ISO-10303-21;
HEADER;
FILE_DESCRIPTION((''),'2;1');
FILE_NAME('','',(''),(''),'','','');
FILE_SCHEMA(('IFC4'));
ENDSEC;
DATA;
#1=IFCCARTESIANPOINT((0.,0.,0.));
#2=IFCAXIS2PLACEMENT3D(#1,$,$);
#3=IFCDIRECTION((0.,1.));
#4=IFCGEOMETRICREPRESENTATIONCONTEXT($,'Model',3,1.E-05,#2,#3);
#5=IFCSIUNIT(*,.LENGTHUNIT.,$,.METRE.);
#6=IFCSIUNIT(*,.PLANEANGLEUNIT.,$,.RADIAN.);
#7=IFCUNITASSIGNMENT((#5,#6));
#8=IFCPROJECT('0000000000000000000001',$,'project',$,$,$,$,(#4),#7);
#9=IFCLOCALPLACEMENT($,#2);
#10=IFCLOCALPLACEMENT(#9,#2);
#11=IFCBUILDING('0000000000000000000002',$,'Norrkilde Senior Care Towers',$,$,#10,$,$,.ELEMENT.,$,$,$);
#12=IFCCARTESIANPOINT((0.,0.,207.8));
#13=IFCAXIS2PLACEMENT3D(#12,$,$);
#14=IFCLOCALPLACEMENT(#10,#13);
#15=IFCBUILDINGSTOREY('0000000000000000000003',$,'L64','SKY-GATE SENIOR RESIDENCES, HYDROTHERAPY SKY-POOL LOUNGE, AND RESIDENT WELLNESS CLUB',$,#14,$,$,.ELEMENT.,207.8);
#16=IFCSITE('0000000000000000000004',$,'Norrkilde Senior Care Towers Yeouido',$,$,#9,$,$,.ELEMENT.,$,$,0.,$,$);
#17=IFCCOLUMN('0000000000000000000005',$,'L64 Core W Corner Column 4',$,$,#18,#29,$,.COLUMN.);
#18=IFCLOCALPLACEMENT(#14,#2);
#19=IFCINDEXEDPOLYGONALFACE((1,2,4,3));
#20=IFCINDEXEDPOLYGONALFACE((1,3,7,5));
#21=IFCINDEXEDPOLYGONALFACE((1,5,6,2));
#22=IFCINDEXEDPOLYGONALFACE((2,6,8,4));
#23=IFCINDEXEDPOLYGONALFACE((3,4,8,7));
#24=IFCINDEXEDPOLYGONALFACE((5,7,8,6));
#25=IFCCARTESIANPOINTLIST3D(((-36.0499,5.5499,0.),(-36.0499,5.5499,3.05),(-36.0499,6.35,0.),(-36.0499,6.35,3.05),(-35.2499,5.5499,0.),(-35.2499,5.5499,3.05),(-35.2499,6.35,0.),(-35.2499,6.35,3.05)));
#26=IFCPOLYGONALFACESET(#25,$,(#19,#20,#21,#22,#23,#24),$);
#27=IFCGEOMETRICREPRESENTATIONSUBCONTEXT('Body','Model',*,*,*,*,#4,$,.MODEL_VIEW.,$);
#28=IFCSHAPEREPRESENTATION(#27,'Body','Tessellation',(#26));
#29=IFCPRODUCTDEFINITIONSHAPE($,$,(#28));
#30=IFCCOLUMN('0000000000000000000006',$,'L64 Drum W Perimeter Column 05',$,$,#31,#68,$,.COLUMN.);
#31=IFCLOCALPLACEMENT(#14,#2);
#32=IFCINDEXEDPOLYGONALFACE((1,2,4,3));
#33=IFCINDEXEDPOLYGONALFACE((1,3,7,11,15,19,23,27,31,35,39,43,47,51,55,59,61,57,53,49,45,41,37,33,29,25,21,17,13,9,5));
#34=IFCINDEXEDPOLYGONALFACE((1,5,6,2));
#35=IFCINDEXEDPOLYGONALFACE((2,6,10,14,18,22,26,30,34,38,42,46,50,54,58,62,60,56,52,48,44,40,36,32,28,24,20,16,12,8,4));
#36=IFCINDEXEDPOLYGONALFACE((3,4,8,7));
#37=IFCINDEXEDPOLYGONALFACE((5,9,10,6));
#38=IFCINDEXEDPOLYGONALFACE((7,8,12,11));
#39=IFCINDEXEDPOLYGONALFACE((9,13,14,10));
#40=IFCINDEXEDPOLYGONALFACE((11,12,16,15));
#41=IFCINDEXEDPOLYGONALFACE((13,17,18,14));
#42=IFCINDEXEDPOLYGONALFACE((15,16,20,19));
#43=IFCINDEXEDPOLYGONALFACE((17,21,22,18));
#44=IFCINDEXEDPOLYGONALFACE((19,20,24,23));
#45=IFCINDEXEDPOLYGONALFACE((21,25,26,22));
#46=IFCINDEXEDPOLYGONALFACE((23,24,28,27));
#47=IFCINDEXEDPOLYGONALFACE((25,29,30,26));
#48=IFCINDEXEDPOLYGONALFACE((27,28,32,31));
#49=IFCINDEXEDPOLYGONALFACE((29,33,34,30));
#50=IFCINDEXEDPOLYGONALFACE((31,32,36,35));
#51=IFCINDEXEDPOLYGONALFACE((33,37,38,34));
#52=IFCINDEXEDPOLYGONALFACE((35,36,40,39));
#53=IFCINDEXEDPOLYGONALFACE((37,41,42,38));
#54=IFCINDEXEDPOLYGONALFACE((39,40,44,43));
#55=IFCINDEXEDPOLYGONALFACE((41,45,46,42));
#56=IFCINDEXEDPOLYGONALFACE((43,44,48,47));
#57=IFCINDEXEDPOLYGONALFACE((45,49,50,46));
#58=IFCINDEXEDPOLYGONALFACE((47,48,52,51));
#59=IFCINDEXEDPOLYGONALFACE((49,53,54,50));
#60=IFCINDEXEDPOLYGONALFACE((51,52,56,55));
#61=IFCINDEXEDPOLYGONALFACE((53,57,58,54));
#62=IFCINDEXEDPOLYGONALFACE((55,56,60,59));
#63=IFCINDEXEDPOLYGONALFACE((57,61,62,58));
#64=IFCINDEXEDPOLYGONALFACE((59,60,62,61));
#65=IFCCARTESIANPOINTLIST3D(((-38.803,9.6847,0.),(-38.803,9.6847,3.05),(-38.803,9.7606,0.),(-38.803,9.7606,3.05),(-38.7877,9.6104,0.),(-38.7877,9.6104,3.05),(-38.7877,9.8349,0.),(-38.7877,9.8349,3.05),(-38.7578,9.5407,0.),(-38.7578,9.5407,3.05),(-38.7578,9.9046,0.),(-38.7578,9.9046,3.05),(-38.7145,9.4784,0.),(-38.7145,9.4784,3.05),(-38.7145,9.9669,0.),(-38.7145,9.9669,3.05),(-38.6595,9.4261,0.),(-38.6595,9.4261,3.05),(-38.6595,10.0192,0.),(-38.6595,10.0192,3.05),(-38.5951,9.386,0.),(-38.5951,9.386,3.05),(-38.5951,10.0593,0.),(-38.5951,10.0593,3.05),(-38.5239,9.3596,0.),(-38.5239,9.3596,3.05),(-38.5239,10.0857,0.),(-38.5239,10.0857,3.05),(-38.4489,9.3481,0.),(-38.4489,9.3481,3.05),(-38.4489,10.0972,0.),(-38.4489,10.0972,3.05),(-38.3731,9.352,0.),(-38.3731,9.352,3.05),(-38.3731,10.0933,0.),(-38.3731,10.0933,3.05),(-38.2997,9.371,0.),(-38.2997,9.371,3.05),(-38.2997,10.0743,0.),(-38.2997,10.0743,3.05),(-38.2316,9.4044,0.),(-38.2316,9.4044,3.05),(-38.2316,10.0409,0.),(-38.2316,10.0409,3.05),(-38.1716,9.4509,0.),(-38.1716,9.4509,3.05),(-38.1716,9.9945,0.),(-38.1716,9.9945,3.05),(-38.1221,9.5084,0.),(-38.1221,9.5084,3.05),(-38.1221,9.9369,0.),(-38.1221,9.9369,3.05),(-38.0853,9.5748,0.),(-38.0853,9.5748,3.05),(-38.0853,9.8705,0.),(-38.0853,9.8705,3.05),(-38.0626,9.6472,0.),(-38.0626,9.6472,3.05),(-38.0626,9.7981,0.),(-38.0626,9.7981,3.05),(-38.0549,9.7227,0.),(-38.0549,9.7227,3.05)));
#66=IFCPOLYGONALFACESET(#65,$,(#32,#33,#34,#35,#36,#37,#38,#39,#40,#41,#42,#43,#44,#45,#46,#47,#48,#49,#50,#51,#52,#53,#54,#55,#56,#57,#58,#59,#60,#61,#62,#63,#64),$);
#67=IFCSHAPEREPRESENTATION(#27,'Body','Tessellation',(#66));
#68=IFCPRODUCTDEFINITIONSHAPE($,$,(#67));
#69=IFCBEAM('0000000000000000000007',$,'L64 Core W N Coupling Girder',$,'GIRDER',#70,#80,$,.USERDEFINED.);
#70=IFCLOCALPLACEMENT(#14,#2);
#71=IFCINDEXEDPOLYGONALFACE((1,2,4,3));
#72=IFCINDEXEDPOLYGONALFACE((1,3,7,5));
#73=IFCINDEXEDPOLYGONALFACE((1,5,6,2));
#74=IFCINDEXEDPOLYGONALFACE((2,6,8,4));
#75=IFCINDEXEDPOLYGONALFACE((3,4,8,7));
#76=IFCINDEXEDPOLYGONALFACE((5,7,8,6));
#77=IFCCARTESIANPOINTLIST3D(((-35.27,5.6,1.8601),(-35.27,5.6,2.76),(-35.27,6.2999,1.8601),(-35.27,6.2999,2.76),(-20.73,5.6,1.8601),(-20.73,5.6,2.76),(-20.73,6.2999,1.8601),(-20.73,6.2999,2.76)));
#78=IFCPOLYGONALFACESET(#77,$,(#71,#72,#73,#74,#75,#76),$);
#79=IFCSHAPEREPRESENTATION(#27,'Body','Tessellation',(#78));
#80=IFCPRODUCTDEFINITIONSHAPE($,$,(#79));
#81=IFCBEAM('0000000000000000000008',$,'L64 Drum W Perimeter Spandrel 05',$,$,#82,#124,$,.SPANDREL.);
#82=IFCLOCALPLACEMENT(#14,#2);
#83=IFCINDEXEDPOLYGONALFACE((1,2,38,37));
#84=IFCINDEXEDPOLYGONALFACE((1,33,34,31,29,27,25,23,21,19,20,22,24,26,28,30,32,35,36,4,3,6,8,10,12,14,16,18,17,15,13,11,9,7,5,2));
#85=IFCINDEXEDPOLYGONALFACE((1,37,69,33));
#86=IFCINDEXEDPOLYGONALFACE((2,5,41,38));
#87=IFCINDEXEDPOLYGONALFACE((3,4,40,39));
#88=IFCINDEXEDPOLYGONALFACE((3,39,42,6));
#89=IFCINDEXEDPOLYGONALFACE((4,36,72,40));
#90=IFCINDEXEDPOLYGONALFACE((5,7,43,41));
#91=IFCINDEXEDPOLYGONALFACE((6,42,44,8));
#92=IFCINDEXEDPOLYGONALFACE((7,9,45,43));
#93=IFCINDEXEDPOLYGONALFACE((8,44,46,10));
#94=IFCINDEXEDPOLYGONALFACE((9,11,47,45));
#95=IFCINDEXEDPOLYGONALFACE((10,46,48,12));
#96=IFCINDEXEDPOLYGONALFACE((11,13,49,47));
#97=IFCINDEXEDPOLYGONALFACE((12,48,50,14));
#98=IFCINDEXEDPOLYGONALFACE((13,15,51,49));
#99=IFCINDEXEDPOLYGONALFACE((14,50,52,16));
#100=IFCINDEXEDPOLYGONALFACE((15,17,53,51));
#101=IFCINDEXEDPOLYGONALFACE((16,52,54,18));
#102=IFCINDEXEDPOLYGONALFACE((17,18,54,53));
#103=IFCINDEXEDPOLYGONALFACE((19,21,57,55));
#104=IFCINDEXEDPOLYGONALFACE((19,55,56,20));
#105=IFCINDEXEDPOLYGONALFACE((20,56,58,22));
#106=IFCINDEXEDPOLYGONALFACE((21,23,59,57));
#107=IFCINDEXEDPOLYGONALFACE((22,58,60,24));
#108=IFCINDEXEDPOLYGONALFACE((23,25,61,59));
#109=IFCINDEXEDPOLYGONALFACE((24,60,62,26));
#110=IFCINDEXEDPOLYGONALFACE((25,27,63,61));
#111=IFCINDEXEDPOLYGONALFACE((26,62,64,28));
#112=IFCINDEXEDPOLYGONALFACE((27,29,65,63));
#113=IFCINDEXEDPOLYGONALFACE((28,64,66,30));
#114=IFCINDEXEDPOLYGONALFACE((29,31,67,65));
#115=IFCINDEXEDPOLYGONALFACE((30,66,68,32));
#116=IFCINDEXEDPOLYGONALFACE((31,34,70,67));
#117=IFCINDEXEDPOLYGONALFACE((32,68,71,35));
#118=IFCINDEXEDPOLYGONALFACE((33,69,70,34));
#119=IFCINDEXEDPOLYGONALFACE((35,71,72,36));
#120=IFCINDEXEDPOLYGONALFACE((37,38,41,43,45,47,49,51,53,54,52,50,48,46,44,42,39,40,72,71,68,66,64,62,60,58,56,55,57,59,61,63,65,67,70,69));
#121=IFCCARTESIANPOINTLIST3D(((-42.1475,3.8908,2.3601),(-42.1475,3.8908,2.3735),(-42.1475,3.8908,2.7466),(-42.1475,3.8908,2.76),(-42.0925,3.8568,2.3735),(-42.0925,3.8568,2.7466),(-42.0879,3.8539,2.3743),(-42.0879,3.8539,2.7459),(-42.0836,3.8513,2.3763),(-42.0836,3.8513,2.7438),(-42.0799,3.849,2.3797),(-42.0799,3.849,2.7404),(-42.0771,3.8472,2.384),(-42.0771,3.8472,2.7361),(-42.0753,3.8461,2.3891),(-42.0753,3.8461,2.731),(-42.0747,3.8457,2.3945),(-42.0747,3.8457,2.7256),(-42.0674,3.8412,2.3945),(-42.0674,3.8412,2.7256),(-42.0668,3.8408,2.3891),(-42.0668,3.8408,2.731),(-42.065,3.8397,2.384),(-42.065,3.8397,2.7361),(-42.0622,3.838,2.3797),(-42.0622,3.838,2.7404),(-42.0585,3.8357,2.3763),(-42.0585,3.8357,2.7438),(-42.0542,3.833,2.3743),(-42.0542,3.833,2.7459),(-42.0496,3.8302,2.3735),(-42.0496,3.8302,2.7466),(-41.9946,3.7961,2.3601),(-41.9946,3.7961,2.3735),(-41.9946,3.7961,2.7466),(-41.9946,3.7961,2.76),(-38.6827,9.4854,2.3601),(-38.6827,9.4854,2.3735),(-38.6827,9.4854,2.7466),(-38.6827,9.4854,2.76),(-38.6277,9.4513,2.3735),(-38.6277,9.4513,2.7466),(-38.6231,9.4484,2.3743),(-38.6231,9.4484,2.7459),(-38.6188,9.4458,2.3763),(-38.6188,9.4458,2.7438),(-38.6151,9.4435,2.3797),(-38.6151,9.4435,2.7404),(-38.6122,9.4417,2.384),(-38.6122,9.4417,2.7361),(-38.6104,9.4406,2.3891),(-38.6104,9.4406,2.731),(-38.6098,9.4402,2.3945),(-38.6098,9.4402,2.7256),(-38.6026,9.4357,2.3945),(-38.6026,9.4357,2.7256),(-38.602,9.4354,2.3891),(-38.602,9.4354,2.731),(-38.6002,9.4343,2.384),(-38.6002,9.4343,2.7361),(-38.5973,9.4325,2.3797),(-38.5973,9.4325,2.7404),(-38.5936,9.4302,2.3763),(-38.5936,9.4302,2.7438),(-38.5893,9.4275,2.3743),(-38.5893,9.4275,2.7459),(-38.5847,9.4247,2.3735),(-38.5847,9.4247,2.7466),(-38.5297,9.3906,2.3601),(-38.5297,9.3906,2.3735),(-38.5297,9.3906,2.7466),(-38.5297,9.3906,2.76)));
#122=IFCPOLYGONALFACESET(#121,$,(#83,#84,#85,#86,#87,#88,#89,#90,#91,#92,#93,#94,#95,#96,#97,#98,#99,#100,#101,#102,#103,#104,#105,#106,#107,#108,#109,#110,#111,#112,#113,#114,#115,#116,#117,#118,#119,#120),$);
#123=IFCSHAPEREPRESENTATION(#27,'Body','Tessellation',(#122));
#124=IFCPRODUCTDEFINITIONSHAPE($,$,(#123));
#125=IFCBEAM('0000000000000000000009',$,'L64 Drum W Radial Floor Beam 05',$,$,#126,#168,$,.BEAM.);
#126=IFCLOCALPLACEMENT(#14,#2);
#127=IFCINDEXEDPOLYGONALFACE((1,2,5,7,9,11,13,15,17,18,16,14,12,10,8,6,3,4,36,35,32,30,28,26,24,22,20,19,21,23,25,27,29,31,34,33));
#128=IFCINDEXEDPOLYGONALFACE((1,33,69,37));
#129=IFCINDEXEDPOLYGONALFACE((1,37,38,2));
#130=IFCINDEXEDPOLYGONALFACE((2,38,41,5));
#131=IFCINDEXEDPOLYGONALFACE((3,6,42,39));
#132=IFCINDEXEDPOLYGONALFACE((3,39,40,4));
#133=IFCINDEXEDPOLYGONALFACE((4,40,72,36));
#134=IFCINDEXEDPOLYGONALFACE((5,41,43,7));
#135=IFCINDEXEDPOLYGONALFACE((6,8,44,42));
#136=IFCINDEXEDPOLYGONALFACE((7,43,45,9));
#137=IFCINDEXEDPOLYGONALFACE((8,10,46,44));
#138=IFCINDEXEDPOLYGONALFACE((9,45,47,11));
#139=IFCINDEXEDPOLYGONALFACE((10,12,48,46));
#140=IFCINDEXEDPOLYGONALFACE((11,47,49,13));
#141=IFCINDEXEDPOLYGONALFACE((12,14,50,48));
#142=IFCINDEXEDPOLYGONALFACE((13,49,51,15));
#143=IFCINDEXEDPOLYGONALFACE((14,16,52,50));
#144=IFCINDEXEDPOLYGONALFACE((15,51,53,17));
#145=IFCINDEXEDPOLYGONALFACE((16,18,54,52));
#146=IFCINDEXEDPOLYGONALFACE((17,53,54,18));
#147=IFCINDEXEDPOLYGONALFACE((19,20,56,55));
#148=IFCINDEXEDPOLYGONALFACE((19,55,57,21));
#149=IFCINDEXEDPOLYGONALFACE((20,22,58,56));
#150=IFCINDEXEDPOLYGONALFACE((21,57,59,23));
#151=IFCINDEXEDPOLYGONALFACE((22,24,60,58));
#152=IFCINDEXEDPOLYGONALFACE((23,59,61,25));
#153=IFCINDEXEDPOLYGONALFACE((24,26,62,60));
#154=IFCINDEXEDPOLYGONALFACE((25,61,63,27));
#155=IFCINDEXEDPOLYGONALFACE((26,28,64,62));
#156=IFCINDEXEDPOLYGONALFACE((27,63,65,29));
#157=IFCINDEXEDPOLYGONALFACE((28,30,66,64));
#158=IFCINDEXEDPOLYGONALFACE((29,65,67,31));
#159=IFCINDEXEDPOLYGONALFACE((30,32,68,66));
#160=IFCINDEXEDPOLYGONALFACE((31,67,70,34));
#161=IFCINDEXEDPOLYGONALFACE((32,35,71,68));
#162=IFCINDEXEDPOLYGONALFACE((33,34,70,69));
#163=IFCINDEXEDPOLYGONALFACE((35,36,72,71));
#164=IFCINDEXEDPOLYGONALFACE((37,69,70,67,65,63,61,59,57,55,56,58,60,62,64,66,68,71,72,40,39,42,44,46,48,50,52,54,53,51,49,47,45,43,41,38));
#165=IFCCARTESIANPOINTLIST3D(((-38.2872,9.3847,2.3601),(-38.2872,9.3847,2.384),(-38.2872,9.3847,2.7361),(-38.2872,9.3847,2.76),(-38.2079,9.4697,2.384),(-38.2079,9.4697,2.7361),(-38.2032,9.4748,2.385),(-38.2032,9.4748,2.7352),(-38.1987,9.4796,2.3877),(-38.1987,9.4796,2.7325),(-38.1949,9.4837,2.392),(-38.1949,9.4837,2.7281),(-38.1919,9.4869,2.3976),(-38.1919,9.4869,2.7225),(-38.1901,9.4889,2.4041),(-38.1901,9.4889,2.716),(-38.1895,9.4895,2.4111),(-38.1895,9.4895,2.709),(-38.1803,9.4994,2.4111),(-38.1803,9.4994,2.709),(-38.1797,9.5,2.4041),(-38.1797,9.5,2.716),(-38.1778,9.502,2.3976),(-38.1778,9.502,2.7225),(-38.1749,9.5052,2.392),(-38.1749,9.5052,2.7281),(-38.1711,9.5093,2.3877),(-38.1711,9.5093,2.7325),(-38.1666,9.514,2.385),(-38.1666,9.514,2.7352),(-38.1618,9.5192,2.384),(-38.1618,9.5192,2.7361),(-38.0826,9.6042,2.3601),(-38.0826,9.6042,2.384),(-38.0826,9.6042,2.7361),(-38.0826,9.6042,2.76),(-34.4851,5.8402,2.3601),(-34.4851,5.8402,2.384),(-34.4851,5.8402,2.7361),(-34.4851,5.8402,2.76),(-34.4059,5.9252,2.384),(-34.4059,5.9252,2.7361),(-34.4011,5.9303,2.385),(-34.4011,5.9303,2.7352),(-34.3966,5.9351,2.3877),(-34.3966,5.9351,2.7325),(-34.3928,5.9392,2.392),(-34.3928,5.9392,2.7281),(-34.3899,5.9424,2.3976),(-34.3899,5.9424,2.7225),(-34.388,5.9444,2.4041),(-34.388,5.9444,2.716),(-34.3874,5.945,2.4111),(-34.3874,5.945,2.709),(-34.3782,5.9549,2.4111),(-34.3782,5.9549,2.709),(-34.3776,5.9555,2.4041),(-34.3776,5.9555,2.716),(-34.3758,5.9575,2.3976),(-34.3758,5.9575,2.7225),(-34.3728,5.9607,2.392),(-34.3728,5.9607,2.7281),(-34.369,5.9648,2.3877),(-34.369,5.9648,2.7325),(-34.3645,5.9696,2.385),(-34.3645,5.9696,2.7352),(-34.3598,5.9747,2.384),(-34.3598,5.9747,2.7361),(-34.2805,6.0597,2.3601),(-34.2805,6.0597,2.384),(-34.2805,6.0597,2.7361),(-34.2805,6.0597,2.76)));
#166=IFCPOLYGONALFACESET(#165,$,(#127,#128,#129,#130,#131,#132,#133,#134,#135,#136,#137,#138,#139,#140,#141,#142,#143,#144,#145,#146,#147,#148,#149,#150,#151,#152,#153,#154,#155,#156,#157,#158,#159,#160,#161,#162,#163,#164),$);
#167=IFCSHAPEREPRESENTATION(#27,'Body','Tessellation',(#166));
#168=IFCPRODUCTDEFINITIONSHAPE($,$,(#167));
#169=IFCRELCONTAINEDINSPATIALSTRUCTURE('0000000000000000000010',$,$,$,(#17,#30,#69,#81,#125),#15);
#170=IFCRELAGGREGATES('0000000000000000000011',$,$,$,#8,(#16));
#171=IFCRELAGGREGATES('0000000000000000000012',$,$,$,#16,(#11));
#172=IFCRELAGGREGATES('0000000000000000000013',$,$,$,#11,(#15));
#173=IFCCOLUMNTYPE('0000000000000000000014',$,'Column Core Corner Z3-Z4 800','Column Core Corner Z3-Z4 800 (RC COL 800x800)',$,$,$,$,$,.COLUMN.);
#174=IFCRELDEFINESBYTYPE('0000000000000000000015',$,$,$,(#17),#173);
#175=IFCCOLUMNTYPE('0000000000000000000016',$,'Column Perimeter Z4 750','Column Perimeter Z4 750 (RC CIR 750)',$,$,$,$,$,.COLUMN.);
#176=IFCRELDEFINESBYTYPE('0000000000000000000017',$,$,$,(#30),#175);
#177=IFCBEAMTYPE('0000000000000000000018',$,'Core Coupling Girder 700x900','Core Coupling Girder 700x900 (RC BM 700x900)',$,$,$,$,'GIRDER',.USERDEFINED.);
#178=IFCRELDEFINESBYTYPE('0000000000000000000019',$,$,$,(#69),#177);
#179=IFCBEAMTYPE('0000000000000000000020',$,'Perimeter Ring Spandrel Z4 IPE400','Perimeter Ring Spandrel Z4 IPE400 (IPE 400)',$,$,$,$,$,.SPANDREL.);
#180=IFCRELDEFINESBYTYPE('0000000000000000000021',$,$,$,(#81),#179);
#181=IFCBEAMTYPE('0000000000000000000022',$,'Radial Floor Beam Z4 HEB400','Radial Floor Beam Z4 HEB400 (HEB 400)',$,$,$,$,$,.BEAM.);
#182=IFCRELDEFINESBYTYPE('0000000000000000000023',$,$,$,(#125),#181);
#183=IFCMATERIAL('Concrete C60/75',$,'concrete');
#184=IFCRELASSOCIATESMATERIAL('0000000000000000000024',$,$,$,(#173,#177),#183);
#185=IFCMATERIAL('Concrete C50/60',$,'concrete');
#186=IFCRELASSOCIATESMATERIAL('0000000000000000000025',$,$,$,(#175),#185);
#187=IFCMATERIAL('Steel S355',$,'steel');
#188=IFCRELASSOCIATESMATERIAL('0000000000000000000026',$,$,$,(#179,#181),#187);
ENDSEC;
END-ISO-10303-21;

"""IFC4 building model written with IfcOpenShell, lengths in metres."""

from ifc_helpers import new_model, si_unit, direction, frame, origin, origin_2d, place, context, subcontext, project, spatial, rectangle, circle, i_section, extrude, source, transform, mapped, material, material_profile, profile_set, type_object, type_shapes, element, save


model = new_model("IFC4")

# Units and contexts
model_context = context("Model", 3, precision=1e-05, world=origin(), true_north=direction((0.0, 1.0)))
body_context = subcontext(model_context, "Body", "Model", "MODEL_VIEW")
ifc_project = project(units=[si_unit("LENGTHUNIT", "METRE"), si_unit("PLANEANGLEUNIT", "RADIAN")], contexts=[model_context])

# Site, building, storey
site_placement = place(None, origin())
site = spatial("IfcSite", under=ifc_project, at=site_placement, Name="Norrkilde Senior Care Towers Yeouido", CompositionType="ELEMENT", RefElevation=0.0)
building_placement = place(site_placement, origin())
building = spatial("IfcBuilding", under=site, at=building_placement, Name="Norrkilde Senior Care Towers", CompositionType="ELEMENT")
storey_placement = place(building_placement, frame((0.0, 0.0, 207.8)))
storey = spatial("IfcBuildingStorey", under=building, at=storey_placement, Name="L64", Description="SKY-GATE SENIOR RESIDENCES, HYDROTHERAPY SKY-POOL LOUNGE, AND RESIDENT WELLNESS CLUB", CompositionType="ELEMENT", Elevation=207.8)

# Columns
ifc_material_1 = material(Name="Concrete C60/75", Category="concrete")
ifc_material_profile_1 = material_profile(ifc_material_1, rectangle(XDim=0.8, YDim=0.8, at=origin_2d()), Name="RC COL 800x800")
ifc_profile_set_1 = profile_set([ifc_material_profile_1], Name="Concrete C60/75")
column_type_1 = type_object("IfcColumnType", Name="Column Core Corner Z3-Z4 800", Description="Column Core Corner Z3-Z4 800 (RC COL 800x800)", PredefinedType="COLUMN", material=ifc_profile_set_1)
shared_shape_1 = source(origin(), body_context, "Body", "SweptSolid", [
    extrude(rectangle(XDim=0.8, YDim=0.8, at=origin_2d()), origin(), (0.0, 0.0, 1.0), 3.05),
])
type_shapes(column_type_1, [shared_shape_1])
column_1_placement = place(storey_placement, frame((-35.6499, 5.95, 0.0), z_axis=(0.0, 0.0, 1.0), x_axis=(1.0, 0.0, 0.0)))
element("IfcColumn", 1, at=column_1_placement, inside=storey, type_object=column_type_1, Name="L64 Core W Corner Column 4", PredefinedType="COLUMN", context=body_context, shape_type="MappedRepresentation", body=[
    mapped(shared_shape_1, transform((0.0, 0.0, 0.0), x_axis=(1.0, 0.0, 0.0), y_axis=(0.0, 1.0, 0.0), z_axis=(0.0, 0.0, 1.0), scale=1.0)),
])
ifc_material_2 = material(Name="Concrete C50/60", Category="concrete")
ifc_material_profile_2 = material_profile(ifc_material_2, circle(Radius=0.375, at=origin_2d()), Name="RC CIR 750")
ifc_profile_set_2 = profile_set([ifc_material_profile_2], Name="Concrete C50/60")
column_type_2 = type_object("IfcColumnType", Name="Column Perimeter Z4 750", Description="Column Perimeter Z4 750 (RC CIR 750)", PredefinedType="COLUMN", material=ifc_profile_set_2)
shared_shape_2 = source(origin(), body_context, "Body", "SweptSolid", [
    extrude(circle(Radius=0.375, at=origin_2d()), origin(), (0.0, 0.0, 1.0), 3.05),
])
type_shapes(column_type_2, [shared_shape_2])
column_2_placement = place(storey_placement, frame((-38.4299, 9.7227, 0.0), z_axis=(0.0, 0.0, 1.0), x_axis=(1.0, 0.0, 0.0)))
element("IfcColumn", 2, at=column_2_placement, inside=storey, type_object=column_type_2, Name="L64 Drum W Perimeter Column 05", PredefinedType="COLUMN", context=body_context, shape_type="MappedRepresentation", body=[
    mapped(shared_shape_2, transform((0.0, 0.0, 0.0), x_axis=(1.0, 0.0, 0.0), y_axis=(0.0, 1.0, 0.0), z_axis=(0.0, 0.0, 1.0), scale=1.0)),
])

# Beams
ifc_material_profile_3 = material_profile(ifc_material_1, rectangle(XDim=0.7, YDim=0.8999, at=origin_2d()), Name="RC BM 700x900")
ifc_profile_set_3 = profile_set([ifc_material_profile_3], Name="Concrete C60/75")
beam_type_1 = type_object("IfcBeamType", Name="Core Coupling Girder 700x900", Description="Core Coupling Girder 700x900 (RC BM 700x900)", ElementType="GIRDER", PredefinedType="USERDEFINED", material=ifc_profile_set_3)
shared_shape_3 = source(origin(), body_context, "Body", "SweptSolid", [
    extrude(rectangle(XDim=0.7, YDim=0.8999, at=origin_2d()), origin(), (0.0, 0.0, 1.0), 14.54),
])
type_shapes(beam_type_1, [shared_shape_3])
beam_1_placement = place(storey_placement, frame((-35.27, 5.95, 2.3101), z_axis=(1.0, 0.0, 0.0), x_axis=(0.0, 1.0, 0.0)))
element("IfcBeam", 3, at=beam_1_placement, inside=storey, type_object=beam_type_1, Name="L64 Core W N Coupling Girder", ObjectType="GIRDER", PredefinedType="USERDEFINED", context=body_context, shape_type="MappedRepresentation", body=[
    mapped(shared_shape_3, transform((0.0, 0.0, 0.0), x_axis=(1.0, 0.0, 0.0), y_axis=(0.0, 1.0, 0.0), z_axis=(0.0, 0.0, 1.0), scale=1.0)),
])
ifc_material_3 = material(Name="Steel S355", Category="steel")
ifc_material_profile_4 = material_profile(ifc_material_3, i_section(OverallWidth=0.1799, OverallDepth=0.3999, WebThickness=0.0085, FlangeThickness=0.0134, FilletRadius=0.021, at=origin_2d()), Name="IPE 400")
ifc_profile_set_4 = profile_set([ifc_material_profile_4], Name="Steel S355")
beam_type_2 = type_object("IfcBeamType", Name="Perimeter Ring Spandrel Z4 IPE400", Description="Perimeter Ring Spandrel Z4 IPE400 (IPE 400)", PredefinedType="SPANDREL", material=ifc_profile_set_4)
shared_shape_4 = source(origin(), body_context, "Body", "SweptSolid", [
    extrude(i_section(OverallWidth=0.1799, OverallDepth=0.3999, WebThickness=0.0085, FlangeThickness=0.0134, FilletRadius=0.021, at=origin_2d()), origin(), (0.0, 0.0, 1.0), 6.5806),
])
type_shapes(beam_type_2, [shared_shape_4])
beam_2_placement = place(storey_placement, frame((-38.6062, 9.438, 2.5601), z_axis=(-0.52653, -0.850157, 0.0), x_axis=(0.850157, -0.52653, 0.0)))
element("IfcBeam", 4, at=beam_2_placement, inside=storey, type_object=beam_type_2, Name="L64 Drum W Perimeter Spandrel 05", PredefinedType="SPANDREL", context=body_context, shape_type="MappedRepresentation", body=[
    mapped(shared_shape_4, transform((0.0, 0.0, 0.0), x_axis=(1.0, 0.0, 0.0), y_axis=(0.0, 1.0, 0.0), z_axis=(0.0, 0.0, 1.0), scale=1.0)),
])
ifc_material_profile_5 = material_profile(ifc_material_3, i_section(OverallWidth=0.3, OverallDepth=0.3999, WebThickness=0.0134, FlangeThickness=0.0239, FilletRadius=0.0271, at=origin_2d()), Name="HEB 400")
ifc_profile_set_5 = profile_set([ifc_material_profile_5], Name="Steel S355")
beam_type_3 = type_object("IfcBeamType", Name="Radial Floor Beam Z4 HEB400", Description="Radial Floor Beam Z4 HEB400 (HEB 400)", PredefinedType="BEAM", material=ifc_profile_set_5)
shared_shape_5 = source(origin(), body_context, "Body", "SweptSolid", [
    extrude(i_section(OverallWidth=0.3, OverallDepth=0.3999, WebThickness=0.0134, FlangeThickness=0.0239, FilletRadius=0.0271, at=origin_2d()), origin(), (0.0, 0.0, 1.0), 5.198),
])
type_shapes(beam_type_3, [shared_shape_5])
beam_3_placement = place(storey_placement, frame((-34.3828, 5.95, 2.5601), z_axis=(-0.731449, 0.681896, 0.0), x_axis=(-0.681896, -0.731449, 0.0)))
element("IfcBeam", 5, at=beam_3_placement, inside=storey, type_object=beam_type_3, Name="L64 Drum W Radial Floor Beam 05", PredefinedType="BEAM", context=body_context, shape_type="MappedRepresentation", body=[
    mapped(shared_shape_5, transform((0.0, 0.0, 0.0), x_axis=(1.0, 0.0, 0.0), y_axis=(0.0, 1.0, 0.0), z_axis=(0.0, 0.0, 1.0), scale=1.0)),
])

save(model, "model.ifc")
